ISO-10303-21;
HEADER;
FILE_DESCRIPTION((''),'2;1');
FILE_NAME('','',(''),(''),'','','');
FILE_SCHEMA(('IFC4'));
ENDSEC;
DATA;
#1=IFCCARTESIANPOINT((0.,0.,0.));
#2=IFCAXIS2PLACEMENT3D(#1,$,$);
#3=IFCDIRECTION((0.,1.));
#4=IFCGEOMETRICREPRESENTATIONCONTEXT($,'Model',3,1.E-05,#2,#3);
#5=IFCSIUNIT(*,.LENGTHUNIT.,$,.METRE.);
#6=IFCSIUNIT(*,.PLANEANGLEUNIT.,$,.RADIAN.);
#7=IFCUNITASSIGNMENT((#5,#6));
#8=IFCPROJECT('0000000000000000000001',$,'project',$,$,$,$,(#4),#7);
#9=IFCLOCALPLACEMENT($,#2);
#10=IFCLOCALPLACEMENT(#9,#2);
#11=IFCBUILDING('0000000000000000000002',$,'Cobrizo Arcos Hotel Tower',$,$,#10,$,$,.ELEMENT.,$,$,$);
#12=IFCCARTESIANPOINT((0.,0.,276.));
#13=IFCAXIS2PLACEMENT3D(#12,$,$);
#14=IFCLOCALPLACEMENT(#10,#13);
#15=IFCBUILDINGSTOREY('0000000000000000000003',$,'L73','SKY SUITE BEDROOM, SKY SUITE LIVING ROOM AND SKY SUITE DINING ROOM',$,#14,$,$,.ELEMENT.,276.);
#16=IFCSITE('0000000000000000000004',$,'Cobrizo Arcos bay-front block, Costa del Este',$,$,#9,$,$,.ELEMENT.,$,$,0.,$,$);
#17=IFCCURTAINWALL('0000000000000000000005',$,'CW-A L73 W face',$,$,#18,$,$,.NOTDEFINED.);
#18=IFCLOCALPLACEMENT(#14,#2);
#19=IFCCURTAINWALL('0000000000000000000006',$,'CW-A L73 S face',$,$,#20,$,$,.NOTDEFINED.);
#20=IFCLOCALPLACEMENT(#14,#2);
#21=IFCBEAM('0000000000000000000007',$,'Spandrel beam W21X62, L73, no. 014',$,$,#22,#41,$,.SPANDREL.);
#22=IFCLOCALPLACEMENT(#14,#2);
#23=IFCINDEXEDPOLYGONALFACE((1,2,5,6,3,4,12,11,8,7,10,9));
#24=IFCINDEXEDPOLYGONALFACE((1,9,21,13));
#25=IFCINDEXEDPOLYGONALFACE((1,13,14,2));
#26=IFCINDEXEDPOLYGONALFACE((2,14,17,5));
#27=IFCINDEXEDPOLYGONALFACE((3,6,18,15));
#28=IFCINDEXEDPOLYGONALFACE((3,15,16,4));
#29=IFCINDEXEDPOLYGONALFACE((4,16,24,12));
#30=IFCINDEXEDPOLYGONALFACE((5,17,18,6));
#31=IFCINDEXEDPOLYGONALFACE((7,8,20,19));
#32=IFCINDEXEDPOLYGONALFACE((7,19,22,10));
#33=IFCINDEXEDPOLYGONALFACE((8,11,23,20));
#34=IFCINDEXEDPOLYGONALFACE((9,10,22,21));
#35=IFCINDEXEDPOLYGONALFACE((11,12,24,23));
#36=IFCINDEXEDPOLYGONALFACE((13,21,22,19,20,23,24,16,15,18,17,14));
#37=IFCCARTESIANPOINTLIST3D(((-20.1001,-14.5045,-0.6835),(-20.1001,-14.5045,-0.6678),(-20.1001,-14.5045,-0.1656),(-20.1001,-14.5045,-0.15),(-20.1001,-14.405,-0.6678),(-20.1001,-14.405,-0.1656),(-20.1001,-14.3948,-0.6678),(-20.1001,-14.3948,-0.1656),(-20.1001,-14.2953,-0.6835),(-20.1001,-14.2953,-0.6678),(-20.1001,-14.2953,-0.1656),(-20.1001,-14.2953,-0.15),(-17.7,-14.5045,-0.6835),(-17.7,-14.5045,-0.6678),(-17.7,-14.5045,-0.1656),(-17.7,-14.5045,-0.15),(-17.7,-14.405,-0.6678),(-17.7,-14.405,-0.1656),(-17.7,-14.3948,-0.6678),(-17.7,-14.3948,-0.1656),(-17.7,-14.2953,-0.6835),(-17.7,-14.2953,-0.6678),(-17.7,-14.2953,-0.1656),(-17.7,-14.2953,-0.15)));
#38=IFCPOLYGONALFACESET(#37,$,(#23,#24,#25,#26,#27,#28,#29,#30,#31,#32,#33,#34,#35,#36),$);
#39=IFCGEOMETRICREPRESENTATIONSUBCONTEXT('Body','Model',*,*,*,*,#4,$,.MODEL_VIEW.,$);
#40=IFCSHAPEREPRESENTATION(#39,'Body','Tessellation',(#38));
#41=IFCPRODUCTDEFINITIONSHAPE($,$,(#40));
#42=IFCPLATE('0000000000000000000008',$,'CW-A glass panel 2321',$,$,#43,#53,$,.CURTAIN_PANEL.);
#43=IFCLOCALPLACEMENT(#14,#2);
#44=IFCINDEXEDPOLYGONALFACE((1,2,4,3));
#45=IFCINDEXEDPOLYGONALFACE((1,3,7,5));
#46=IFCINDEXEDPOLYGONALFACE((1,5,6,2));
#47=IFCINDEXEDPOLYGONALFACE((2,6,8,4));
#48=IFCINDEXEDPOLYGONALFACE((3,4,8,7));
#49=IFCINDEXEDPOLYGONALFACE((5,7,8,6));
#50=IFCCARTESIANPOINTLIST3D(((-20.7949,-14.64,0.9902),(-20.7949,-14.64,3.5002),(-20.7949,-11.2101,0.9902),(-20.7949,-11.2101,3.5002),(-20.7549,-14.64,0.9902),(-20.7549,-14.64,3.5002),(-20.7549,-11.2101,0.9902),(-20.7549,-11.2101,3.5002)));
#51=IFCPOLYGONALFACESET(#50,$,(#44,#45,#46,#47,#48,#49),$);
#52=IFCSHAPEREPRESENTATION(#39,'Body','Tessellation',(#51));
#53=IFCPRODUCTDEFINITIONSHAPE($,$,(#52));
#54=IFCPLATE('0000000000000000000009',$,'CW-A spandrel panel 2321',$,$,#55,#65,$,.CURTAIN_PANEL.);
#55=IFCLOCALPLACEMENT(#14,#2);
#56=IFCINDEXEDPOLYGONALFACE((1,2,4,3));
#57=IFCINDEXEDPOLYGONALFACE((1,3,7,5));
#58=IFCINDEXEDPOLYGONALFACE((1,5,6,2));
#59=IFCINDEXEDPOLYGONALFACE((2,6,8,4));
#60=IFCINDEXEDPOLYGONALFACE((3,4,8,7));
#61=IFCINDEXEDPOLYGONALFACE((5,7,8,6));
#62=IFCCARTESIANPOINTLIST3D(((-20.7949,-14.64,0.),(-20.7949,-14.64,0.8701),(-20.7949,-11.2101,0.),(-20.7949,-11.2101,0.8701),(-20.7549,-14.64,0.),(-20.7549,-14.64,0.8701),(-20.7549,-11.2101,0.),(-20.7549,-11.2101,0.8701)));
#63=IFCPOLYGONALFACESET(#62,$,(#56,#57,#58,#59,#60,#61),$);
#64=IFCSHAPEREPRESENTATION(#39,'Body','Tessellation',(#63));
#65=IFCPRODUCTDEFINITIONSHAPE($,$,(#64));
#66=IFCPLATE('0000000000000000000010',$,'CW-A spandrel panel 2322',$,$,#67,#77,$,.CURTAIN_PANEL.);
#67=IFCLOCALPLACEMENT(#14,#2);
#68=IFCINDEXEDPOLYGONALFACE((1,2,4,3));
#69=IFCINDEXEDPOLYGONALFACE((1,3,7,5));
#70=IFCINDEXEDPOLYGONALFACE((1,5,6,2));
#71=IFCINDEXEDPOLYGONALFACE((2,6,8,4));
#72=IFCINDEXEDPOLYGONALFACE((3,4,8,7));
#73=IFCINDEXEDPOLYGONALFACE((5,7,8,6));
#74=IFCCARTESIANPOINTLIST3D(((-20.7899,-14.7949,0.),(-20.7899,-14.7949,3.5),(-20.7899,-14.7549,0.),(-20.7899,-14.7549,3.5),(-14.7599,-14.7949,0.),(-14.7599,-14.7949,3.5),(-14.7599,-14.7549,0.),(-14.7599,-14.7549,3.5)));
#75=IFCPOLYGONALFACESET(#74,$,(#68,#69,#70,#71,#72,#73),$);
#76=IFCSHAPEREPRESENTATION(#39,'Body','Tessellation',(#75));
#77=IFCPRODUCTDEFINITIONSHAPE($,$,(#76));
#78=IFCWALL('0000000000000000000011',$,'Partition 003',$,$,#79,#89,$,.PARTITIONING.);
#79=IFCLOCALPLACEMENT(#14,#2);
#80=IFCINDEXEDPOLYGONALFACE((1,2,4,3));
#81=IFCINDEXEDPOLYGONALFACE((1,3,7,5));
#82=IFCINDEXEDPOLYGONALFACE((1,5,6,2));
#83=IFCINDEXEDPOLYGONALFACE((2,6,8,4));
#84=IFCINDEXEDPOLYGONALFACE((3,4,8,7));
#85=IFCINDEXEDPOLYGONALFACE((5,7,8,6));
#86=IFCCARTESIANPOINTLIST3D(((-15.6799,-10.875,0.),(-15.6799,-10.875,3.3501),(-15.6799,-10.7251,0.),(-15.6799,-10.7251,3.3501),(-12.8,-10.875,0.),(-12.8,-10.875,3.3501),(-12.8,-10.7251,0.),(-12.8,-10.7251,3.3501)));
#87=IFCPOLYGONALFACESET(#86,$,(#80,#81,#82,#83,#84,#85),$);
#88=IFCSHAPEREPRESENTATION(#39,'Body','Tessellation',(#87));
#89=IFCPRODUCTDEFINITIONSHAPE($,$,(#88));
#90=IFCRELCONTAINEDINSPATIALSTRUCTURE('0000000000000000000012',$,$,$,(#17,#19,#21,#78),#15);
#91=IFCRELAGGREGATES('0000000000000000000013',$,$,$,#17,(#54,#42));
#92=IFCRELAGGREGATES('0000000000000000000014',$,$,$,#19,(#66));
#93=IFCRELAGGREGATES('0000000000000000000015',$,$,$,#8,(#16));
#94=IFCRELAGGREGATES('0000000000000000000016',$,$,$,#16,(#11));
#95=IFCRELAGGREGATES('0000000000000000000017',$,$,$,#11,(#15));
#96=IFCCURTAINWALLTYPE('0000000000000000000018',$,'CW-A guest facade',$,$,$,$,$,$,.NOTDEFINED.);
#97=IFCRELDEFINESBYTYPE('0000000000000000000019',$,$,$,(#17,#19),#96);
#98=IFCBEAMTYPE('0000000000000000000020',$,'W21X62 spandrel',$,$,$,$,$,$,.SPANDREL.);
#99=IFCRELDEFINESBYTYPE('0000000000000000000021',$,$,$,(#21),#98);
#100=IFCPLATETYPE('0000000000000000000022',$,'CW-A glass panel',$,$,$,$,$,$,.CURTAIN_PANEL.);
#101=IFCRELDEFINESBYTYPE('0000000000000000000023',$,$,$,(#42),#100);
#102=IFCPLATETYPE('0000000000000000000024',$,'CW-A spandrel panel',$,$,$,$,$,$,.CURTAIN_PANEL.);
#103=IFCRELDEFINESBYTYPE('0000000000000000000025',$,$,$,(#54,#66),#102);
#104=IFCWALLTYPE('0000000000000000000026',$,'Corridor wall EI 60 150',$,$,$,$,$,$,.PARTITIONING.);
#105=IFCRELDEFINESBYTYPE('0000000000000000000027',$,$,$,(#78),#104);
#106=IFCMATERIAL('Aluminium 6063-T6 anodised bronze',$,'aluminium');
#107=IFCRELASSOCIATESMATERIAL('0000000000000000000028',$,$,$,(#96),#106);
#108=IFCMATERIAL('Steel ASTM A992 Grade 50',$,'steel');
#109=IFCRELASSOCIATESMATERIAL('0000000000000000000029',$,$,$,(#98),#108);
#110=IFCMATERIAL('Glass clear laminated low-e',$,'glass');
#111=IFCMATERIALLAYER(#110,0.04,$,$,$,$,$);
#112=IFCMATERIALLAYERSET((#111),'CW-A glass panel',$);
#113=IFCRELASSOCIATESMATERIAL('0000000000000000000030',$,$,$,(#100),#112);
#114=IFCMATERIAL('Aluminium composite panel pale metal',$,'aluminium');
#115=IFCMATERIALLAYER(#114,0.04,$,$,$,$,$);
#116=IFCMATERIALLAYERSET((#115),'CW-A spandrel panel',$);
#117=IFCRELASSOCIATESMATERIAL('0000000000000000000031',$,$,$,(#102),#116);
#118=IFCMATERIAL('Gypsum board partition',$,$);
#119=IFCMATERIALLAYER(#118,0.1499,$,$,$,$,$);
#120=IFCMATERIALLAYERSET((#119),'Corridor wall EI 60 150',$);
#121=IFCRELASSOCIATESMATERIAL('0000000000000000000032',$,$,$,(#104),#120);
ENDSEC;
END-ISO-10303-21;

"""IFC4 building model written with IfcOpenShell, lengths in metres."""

from ifc_helpers import new_model, si_unit, direction, frame, frame_2d, origin, origin_2d, place, context, subcontext, project, spatial, rectangle, i_section, extrude, material, layer, layer_set, material_profile, profile_set, type_object, element, aggregate, save


model = new_model("IFC4")

# Units and contexts
model_context = context("Model", 3, precision=1e-05, world=origin(), true_north=direction((0.0, 1.0)))
body_context = subcontext(model_context, "Body", "Model", "MODEL_VIEW")
ifc_project = project(units=[si_unit("LENGTHUNIT", "METRE"), si_unit("PLANEANGLEUNIT", "RADIAN")], contexts=[model_context])

# Site, building, storey
site_placement = place(None, origin())
site = spatial("IfcSite", under=ifc_project, at=site_placement, Name="Cobrizo Arcos bay-front block, Costa del Este", CompositionType="ELEMENT", RefElevation=0.0)
building_placement = place(site_placement, origin())
building = spatial("IfcBuilding", under=site, at=building_placement, Name="Cobrizo Arcos Hotel Tower", CompositionType="ELEMENT")
storey_placement = place(building_placement, frame((0.0, 0.0, 276.0)))
storey = spatial("IfcBuildingStorey", under=building, at=storey_placement, Name="L73", Description="SKY SUITE BEDROOM, SKY SUITE LIVING ROOM AND SKY SUITE DINING ROOM", CompositionType="ELEMENT", Elevation=276.0)

# Shared definitions
ifc_material_1 = material(Name="Aluminium 6063-T6 anodised bronze", Category="aluminium")
curtain_wall_type = type_object("IfcCurtainWallType", Name="CW-A guest facade", PredefinedType="NOTDEFINED", material=ifc_material_1)

# Curtain wall
curtain_wall_1_placement = place(storey_placement, origin())
curtain_wall_1 = element("IfcCurtainWall", 1, at=curtain_wall_1_placement, inside=storey, type_object=curtain_wall_type, Name="CW-A L73 W face", PredefinedType="NOTDEFINED")

# Curtain wall
curtain_wall_2_placement = place(storey_placement, origin())
curtain_wall_2 = element("IfcCurtainWall", 2, at=curtain_wall_2_placement, inside=storey, type_object=curtain_wall_type, Name="CW-A L73 S face", PredefinedType="NOTDEFINED")

# Beam
ifc_material_2 = material(Name="Steel ASTM A992 Grade 50", Category="steel")
ifc_material_profile_1 = material_profile(ifc_material_2, i_section(OverallWidth=0.2092, OverallDepth=0.5334, WebThickness=0.0103, FlangeThickness=0.0156, at=origin_2d()), Name="W21X62")
ifc_profile_set_1 = profile_set([ifc_material_profile_1], Name="Steel ASTM A992 Grade 50")
beam_type_1 = type_object("IfcBeamType", Name="W21X62 spandrel", PredefinedType="SPANDREL", material=ifc_profile_set_1)
beam_1_placement = place(storey_placement, frame((-17.7, -14.3999, -0.4167), z_axis=(-1.0, 0.0, 0.0), x_axis=(0.0, -1.0, 0.0)))
element("IfcBeam", 3, at=beam_1_placement, inside=storey, type_object=beam_type_1, Name="Spandrel beam W21X62, L73, no. 014", PredefinedType="SPANDREL", context=body_context, shape_type="SweptSolid", body=[
    extrude(i_section(OverallWidth=0.2092, OverallDepth=0.5334, WebThickness=0.0103, FlangeThickness=0.0156, at=origin_2d()), origin(), (0.0, 0.0, 1.0), 2.4001),
])

# Plates
ifc_material_3 = material(Name="Glass clear laminated low-e", Category="glass")
ifc_layer_1 = layer(ifc_material_3, 0.04)
ifc_layer_set_1 = layer_set([ifc_layer_1], Name="CW-A glass panel")
plate_type_1 = type_object("IfcPlateType", Name="CW-A glass panel", PredefinedType="CURTAIN_PANEL", material=ifc_layer_set_1)
plate_1_placement = place(storey_placement, frame((-20.7749, -12.925, 0.9902), z_axis=(0.0, 0.0, 1.0), x_axis=(0.0, -1.0, 0.0)))
plate_1 = element("IfcPlate", 4, at=plate_1_placement, type_object=plate_type_1, Name="CW-A glass panel 2321", PredefinedType="CURTAIN_PANEL", context=body_context, shape_type="SweptSolid", body=[
    extrude(rectangle(XDim=3.4299, YDim=0.04, at=origin_2d()), origin(), (0.0, 0.0, 1.0), 2.51),
])
ifc_material_4 = material(Name="Aluminium composite panel pale metal", Category="aluminium")
ifc_layer_2 = layer(ifc_material_4, 0.04)
ifc_layer_set_2 = layer_set([ifc_layer_2], Name="CW-A spandrel panel")
plate_type_2 = type_object("IfcPlateType", Name="CW-A spandrel panel", PredefinedType="CURTAIN_PANEL", material=ifc_layer_set_2)
plate_2_placement = place(storey_placement, frame((-20.7749, -12.925, 0.0), z_axis=(0.0, 0.0, 1.0), x_axis=(0.0, -1.0, 0.0)))
plate_2 = element("IfcPlate", 5, at=plate_2_placement, type_object=plate_type_2, Name="CW-A spandrel panel 2321", PredefinedType="CURTAIN_PANEL", context=body_context, shape_type="SweptSolid", body=[
    extrude(rectangle(XDim=3.4299, YDim=0.04, at=origin_2d()), origin(), (0.0, 0.0, 1.0), 0.8701),
])
aggregate(curtain_wall_1, [plate_2, plate_1])
plate_3_placement = place(storey_placement, frame((-17.7749, -14.7749, 0.0), z_axis=(0.0, 0.0, 1.0), x_axis=(1.0, 0.0, 0.0)))
plate_3 = element("IfcPlate", 6, at=plate_3_placement, type_object=plate_type_2, Name="CW-A spandrel panel 2322", PredefinedType="CURTAIN_PANEL", context=body_context, shape_type="SweptSolid", body=[
    extrude(rectangle(XDim=6.03, YDim=0.04, at=origin_2d()), origin(), (0.0, 0.0, 1.0), 3.5),
])
aggregate(curtain_wall_2, [plate_3])

# Wall
ifc_material_5 = material(Name="Gypsum board partition")
ifc_layer_3 = layer(ifc_material_5, 0.1499)
ifc_layer_set_3 = layer_set([ifc_layer_3], Name="Corridor wall EI 60 150")
wall_type_1 = type_object("IfcWallType", Name="Corridor wall EI 60 150", PredefinedType="PARTITIONING", material=ifc_layer_set_3)
wall_1_placement = place(storey_placement, frame((-15.6799, -10.8, 0.0), z_axis=(0.0, 0.0, 1.0), x_axis=(1.0, 0.0, 0.0)))
element("IfcWall", 7, at=wall_1_placement, inside=storey, type_object=wall_type_1, Name="Partition 003", PredefinedType="PARTITIONING", context=body_context, shape_type="SweptSolid", body=[
    extrude(rectangle(XDim=2.8799, YDim=0.1499, at=frame_2d((1.4399, 0.0))), origin(), (0.0, 0.0, 1.0), 3.3501),
])

save(model, "model.ifc")
